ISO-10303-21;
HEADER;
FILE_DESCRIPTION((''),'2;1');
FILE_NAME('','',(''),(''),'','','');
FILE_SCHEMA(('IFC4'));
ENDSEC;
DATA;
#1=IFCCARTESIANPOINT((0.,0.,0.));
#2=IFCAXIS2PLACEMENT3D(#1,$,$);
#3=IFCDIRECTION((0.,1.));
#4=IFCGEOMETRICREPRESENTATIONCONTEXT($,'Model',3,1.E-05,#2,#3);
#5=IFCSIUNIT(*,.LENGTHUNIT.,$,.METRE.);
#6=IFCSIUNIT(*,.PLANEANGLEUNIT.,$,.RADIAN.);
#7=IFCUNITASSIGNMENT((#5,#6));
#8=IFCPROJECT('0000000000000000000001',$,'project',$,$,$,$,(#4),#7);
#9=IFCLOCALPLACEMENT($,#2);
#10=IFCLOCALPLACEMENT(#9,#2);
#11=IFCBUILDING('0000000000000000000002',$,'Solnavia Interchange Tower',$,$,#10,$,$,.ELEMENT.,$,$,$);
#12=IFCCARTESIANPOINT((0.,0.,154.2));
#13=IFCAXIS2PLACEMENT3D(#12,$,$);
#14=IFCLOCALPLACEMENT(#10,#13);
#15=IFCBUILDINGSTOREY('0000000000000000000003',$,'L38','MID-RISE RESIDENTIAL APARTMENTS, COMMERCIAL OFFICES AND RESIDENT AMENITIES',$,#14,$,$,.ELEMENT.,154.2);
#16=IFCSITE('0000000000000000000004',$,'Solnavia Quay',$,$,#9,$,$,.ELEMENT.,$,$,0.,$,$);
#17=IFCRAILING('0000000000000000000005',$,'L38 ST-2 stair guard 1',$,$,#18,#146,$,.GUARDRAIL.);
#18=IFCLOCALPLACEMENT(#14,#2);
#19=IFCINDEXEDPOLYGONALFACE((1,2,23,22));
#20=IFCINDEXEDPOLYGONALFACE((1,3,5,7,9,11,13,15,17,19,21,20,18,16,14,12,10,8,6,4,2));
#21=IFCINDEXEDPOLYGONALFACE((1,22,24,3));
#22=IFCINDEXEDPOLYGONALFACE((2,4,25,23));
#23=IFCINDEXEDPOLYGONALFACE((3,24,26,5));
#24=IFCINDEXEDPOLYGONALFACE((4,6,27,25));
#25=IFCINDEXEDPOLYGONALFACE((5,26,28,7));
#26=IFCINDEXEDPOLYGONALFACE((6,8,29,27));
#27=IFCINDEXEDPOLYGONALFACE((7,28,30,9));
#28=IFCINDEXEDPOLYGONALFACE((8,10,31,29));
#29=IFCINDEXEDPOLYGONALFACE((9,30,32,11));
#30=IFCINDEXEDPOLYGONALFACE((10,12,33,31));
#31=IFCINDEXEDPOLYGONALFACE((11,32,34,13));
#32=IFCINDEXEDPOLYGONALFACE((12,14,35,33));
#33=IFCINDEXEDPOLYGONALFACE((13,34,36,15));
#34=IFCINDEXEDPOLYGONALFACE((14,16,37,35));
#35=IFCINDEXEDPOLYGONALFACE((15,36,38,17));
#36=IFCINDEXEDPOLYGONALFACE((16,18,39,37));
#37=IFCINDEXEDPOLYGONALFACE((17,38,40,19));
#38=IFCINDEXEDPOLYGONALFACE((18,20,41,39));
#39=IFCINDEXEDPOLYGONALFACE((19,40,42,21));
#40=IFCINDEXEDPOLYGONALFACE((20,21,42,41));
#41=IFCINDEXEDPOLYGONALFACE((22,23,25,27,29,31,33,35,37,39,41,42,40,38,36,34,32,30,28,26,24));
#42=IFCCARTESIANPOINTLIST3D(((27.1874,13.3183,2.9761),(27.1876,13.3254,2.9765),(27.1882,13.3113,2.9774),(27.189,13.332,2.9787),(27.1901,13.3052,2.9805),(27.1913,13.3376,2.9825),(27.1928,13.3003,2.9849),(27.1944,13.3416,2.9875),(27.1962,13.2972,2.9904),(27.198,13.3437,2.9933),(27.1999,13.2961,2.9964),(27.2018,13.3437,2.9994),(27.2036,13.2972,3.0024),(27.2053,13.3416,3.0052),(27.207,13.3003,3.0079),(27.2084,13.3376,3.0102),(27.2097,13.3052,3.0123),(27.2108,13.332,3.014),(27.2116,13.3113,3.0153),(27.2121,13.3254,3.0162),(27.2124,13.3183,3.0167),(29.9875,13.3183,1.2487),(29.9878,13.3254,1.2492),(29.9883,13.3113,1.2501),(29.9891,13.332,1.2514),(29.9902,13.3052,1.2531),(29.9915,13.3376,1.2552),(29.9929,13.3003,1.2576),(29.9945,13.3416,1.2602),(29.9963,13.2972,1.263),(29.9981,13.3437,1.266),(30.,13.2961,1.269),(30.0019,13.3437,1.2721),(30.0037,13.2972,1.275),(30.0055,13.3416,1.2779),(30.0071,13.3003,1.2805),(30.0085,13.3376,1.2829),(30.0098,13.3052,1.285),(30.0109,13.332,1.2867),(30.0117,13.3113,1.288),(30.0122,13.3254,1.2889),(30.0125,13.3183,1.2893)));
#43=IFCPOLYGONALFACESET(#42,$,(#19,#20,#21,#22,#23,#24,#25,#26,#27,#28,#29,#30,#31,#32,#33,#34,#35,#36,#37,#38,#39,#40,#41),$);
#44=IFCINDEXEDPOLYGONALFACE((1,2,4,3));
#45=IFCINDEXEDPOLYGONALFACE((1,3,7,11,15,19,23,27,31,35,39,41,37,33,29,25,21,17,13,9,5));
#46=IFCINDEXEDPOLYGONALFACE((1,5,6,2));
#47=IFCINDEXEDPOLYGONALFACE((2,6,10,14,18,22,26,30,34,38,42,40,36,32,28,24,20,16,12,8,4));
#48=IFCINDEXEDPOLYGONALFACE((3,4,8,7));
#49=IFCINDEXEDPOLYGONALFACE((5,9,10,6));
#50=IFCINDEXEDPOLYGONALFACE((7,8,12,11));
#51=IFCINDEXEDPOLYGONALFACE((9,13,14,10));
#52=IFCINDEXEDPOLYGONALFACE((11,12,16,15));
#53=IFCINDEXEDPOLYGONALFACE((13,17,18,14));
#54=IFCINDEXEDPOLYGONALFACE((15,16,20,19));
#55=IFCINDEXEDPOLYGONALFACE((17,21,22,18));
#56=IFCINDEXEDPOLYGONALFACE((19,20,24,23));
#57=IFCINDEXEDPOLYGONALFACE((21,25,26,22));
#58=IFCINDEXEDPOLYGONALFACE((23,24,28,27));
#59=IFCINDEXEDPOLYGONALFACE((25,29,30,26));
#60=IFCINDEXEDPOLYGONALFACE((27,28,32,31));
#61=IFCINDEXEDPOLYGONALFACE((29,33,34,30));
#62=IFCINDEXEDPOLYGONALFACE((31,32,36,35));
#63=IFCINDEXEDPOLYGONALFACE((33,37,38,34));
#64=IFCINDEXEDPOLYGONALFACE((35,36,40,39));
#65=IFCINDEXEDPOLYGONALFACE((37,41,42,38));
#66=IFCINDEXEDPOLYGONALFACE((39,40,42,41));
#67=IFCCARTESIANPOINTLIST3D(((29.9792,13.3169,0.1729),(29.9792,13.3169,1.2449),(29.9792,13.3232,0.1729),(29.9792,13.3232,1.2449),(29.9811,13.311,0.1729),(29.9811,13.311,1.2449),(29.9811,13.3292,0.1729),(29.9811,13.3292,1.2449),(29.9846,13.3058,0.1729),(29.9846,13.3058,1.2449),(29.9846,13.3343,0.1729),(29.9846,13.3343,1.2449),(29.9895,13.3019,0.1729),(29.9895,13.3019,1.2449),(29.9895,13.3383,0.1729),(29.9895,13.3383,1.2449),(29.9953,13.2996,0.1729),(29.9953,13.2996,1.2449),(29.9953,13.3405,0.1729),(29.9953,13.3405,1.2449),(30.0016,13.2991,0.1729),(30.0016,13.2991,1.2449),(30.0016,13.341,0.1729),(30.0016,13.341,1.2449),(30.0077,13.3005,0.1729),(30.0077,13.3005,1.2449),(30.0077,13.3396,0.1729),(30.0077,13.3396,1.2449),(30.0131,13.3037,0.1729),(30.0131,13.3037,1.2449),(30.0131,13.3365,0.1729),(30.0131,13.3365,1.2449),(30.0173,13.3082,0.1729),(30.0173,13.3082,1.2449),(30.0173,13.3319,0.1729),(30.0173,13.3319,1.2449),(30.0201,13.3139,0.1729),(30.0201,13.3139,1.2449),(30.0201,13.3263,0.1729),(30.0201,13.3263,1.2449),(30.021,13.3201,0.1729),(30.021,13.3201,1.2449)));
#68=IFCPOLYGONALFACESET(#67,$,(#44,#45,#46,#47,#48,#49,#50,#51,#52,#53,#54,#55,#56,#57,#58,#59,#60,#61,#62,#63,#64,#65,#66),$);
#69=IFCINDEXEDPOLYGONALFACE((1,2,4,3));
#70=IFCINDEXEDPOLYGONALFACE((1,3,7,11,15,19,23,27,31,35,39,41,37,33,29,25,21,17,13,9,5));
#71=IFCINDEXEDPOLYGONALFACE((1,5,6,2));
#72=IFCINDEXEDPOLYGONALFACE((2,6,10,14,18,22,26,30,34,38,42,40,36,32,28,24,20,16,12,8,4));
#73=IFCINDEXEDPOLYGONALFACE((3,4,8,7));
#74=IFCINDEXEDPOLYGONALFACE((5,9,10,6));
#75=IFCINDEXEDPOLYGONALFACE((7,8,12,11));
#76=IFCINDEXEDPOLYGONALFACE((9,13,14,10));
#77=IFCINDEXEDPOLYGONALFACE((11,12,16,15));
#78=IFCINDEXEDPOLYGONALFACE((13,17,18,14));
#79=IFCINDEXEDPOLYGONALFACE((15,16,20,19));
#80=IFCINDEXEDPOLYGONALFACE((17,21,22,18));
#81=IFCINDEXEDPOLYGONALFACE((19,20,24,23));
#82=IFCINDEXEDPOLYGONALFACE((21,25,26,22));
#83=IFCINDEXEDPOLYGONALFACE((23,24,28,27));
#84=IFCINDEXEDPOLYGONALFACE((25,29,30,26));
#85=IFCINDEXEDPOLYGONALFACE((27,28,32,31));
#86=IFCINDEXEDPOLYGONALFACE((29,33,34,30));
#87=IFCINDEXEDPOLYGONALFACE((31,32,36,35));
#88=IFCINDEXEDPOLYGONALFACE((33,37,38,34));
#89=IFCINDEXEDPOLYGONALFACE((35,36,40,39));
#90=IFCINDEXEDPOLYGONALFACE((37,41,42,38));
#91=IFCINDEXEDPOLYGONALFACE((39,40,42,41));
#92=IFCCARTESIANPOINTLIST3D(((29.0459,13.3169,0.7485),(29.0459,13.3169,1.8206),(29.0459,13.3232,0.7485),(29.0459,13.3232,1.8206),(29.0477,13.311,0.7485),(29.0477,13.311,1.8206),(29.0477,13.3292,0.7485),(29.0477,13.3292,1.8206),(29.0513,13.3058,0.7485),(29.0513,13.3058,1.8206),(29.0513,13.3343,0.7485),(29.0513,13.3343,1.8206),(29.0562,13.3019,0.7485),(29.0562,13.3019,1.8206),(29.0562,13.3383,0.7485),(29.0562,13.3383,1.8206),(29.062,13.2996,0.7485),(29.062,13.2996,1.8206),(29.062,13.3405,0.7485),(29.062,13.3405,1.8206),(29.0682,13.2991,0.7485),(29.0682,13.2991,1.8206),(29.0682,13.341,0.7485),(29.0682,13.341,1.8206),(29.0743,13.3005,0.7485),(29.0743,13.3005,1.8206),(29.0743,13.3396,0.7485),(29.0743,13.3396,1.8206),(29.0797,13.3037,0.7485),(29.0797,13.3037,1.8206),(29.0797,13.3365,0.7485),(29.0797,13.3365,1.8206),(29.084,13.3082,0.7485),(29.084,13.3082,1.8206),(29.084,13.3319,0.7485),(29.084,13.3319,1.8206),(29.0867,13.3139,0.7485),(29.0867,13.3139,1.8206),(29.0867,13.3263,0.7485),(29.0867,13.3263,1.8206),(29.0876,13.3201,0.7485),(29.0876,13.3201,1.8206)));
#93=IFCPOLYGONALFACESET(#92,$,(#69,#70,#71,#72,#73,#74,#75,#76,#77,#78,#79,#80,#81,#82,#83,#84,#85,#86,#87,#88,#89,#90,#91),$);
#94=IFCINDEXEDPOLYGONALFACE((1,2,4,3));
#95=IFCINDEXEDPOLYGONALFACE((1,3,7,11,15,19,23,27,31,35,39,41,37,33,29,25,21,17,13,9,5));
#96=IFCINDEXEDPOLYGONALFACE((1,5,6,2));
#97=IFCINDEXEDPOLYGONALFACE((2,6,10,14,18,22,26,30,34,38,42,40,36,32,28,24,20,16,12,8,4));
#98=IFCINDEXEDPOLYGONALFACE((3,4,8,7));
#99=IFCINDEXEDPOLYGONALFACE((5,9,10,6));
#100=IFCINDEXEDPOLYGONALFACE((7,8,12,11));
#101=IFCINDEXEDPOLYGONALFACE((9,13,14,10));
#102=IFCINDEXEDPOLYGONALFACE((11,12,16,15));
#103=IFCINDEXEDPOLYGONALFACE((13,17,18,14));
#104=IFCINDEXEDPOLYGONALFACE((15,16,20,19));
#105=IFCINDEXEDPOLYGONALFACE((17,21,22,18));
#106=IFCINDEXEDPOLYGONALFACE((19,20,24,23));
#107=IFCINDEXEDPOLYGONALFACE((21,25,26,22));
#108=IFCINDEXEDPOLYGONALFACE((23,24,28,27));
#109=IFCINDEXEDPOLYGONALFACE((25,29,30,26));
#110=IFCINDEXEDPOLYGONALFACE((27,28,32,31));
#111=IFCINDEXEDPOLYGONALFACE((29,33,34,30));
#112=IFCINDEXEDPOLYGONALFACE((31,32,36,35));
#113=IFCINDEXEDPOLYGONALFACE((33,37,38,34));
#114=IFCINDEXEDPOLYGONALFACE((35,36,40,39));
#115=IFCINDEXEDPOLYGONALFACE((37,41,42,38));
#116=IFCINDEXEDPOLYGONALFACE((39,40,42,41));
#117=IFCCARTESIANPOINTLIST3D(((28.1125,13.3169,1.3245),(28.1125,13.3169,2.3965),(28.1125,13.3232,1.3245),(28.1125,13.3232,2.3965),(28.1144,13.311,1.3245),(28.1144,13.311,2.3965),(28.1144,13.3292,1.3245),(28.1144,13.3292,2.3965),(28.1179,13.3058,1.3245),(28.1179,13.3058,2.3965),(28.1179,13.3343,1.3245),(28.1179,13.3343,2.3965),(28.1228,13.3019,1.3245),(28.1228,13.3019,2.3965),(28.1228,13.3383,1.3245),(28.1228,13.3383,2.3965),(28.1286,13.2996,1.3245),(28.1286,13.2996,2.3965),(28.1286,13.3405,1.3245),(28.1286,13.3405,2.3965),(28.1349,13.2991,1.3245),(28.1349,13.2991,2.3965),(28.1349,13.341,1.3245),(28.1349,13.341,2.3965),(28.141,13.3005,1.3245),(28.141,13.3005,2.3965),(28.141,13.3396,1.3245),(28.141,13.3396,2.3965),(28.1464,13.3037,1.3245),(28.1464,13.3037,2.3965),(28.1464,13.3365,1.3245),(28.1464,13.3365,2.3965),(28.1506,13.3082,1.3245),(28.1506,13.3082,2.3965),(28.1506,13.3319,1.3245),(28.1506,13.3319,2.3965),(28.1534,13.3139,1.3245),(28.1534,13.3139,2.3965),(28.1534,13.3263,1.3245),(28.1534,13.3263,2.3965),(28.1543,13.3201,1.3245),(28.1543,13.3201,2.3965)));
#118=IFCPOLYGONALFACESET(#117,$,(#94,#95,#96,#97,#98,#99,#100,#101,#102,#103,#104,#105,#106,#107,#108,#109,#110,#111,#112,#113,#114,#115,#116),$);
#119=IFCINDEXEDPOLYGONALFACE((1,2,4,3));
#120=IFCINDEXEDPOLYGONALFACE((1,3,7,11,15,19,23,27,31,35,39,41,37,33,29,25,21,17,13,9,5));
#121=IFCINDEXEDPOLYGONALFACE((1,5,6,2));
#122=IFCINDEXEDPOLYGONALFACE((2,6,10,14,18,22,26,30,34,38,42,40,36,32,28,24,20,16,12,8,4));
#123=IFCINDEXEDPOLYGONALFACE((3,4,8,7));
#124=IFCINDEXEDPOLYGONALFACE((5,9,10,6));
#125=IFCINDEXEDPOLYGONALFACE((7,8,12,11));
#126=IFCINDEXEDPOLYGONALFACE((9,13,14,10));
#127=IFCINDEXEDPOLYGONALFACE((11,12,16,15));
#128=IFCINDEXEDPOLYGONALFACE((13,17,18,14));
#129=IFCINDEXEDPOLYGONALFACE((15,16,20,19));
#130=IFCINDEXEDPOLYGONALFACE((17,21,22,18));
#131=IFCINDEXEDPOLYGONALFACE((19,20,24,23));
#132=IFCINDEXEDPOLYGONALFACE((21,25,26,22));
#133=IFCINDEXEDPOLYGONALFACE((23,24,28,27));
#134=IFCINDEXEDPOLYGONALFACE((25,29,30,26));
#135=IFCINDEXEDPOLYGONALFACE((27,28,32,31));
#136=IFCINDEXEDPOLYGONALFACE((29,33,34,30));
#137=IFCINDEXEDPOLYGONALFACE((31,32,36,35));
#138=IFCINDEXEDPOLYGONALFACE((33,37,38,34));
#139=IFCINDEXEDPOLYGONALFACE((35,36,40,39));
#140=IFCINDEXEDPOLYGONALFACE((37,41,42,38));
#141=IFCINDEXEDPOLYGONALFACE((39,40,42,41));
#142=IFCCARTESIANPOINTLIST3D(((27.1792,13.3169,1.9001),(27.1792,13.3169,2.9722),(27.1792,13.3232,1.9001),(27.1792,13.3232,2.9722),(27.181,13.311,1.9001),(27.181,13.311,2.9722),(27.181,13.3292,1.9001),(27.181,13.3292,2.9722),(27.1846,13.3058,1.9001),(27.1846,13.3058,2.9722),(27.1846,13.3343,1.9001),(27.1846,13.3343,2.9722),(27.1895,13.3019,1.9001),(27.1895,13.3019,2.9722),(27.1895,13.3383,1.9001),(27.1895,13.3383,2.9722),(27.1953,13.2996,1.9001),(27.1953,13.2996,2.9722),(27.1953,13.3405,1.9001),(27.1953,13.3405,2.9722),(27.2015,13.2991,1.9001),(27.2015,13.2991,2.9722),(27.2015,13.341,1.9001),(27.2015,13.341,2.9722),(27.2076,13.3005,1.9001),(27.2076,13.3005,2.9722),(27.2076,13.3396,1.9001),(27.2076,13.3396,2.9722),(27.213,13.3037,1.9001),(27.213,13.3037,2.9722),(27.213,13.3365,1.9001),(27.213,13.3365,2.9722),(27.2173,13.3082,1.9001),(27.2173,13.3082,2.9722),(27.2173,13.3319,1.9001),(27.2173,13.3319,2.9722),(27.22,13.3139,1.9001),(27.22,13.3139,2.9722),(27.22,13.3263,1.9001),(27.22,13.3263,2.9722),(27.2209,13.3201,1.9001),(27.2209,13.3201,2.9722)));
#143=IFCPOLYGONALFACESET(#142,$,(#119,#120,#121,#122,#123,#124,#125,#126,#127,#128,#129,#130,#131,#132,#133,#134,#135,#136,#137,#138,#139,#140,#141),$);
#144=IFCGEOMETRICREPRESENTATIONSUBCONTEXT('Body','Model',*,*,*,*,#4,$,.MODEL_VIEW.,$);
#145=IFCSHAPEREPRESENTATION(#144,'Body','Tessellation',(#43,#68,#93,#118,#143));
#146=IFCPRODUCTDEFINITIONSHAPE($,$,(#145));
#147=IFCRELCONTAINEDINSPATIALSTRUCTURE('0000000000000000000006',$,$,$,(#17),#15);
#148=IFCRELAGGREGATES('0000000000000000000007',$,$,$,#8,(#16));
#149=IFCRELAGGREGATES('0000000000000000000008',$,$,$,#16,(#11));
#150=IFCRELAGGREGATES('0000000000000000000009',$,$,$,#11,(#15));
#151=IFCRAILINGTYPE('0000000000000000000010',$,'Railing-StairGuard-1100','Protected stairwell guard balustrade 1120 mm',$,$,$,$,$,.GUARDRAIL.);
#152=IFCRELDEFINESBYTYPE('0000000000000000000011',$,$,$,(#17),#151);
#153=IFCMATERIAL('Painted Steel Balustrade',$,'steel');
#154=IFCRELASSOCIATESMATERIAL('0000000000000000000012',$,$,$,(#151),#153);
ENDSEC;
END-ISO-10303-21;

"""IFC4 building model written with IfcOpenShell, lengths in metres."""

from ifc_helpers import new_model, si_unit, direction, frame, origin, origin_2d, place, context, subcontext, project, spatial, circle, extrude, material, type_object, element, save


model = new_model("IFC4")

# Units and contexts
model_context = context("Model", 3, precision=1e-05, world=origin(), true_north=direction((0.0, 1.0)))
body_context = subcontext(model_context, "Body", "Model", "MODEL_VIEW")
ifc_project = project(units=[si_unit("LENGTHUNIT", "METRE"), si_unit("PLANEANGLEUNIT", "RADIAN")], contexts=[model_context])

# Site, building, storey
site_placement = place(None, origin())
site = spatial("IfcSite", under=ifc_project, at=site_placement, Name="Solnavia Quay", CompositionType="ELEMENT", RefElevation=0.0)
building_placement = place(site_placement, origin())
building = spatial("IfcBuilding", under=site, at=building_placement, Name="Solnavia Interchange Tower", CompositionType="ELEMENT")
storey_placement = place(building_placement, frame((0.0, 0.0, 154.2)))
storey = spatial("IfcBuildingStorey", under=building, at=storey_placement, Name="L38", Description="MID-RISE RESIDENTIAL APARTMENTS, COMMERCIAL OFFICES AND RESIDENT AMENITIES", CompositionType="ELEMENT", Elevation=154.2)

# Railing
ifc_material_1 = material(Name="Painted Steel Balustrade", Category="steel")
railing_type_1 = type_object("IfcRailingType", Name="Railing-StairGuard-1100", Description="Protected stairwell guard balustrade 1120 mm", PredefinedType="GUARDRAIL", material=ifc_material_1)
railing_1_placement = place(storey_placement, frame((30.0, 13.3201, 0.1729)))
element("IfcRailing", 1, at=railing_1_placement, inside=storey, type_object=railing_type_1, Name="L38 ST-2 stair guard 1", PredefinedType="GUARDRAIL", context=body_context, shape_type="SweptSolid", body=[
    extrude(circle(Radius=0.0239, at=origin_2d()), frame((0.0, 0.0, 1.0962), z_axis=(-0.85109, 0.0, 0.52502), x_axis=(0.0, -1.0, 0.0)), (0.0, 0.0, 1.0), 3.29),
    extrude(circle(Radius=0.021, at=origin_2d()), origin(), (0.0, 0.0, 1.0), 1.072),
    extrude(circle(Radius=0.021, at=origin_2d()), frame((-0.9333, 0.0, 0.5757)), (0.0, 0.0, 1.0), 1.072),
    extrude(circle(Radius=0.021, at=origin_2d()), frame((-1.8667, 0.0, 1.1516)), (0.0, 0.0, 1.0), 1.072),
    extrude(circle(Radius=0.021, at=origin_2d()), frame((-2.8, 0.0, 1.7273)), (0.0, 0.0, 1.0), 1.072),
])

save(model, "model.ifc")
